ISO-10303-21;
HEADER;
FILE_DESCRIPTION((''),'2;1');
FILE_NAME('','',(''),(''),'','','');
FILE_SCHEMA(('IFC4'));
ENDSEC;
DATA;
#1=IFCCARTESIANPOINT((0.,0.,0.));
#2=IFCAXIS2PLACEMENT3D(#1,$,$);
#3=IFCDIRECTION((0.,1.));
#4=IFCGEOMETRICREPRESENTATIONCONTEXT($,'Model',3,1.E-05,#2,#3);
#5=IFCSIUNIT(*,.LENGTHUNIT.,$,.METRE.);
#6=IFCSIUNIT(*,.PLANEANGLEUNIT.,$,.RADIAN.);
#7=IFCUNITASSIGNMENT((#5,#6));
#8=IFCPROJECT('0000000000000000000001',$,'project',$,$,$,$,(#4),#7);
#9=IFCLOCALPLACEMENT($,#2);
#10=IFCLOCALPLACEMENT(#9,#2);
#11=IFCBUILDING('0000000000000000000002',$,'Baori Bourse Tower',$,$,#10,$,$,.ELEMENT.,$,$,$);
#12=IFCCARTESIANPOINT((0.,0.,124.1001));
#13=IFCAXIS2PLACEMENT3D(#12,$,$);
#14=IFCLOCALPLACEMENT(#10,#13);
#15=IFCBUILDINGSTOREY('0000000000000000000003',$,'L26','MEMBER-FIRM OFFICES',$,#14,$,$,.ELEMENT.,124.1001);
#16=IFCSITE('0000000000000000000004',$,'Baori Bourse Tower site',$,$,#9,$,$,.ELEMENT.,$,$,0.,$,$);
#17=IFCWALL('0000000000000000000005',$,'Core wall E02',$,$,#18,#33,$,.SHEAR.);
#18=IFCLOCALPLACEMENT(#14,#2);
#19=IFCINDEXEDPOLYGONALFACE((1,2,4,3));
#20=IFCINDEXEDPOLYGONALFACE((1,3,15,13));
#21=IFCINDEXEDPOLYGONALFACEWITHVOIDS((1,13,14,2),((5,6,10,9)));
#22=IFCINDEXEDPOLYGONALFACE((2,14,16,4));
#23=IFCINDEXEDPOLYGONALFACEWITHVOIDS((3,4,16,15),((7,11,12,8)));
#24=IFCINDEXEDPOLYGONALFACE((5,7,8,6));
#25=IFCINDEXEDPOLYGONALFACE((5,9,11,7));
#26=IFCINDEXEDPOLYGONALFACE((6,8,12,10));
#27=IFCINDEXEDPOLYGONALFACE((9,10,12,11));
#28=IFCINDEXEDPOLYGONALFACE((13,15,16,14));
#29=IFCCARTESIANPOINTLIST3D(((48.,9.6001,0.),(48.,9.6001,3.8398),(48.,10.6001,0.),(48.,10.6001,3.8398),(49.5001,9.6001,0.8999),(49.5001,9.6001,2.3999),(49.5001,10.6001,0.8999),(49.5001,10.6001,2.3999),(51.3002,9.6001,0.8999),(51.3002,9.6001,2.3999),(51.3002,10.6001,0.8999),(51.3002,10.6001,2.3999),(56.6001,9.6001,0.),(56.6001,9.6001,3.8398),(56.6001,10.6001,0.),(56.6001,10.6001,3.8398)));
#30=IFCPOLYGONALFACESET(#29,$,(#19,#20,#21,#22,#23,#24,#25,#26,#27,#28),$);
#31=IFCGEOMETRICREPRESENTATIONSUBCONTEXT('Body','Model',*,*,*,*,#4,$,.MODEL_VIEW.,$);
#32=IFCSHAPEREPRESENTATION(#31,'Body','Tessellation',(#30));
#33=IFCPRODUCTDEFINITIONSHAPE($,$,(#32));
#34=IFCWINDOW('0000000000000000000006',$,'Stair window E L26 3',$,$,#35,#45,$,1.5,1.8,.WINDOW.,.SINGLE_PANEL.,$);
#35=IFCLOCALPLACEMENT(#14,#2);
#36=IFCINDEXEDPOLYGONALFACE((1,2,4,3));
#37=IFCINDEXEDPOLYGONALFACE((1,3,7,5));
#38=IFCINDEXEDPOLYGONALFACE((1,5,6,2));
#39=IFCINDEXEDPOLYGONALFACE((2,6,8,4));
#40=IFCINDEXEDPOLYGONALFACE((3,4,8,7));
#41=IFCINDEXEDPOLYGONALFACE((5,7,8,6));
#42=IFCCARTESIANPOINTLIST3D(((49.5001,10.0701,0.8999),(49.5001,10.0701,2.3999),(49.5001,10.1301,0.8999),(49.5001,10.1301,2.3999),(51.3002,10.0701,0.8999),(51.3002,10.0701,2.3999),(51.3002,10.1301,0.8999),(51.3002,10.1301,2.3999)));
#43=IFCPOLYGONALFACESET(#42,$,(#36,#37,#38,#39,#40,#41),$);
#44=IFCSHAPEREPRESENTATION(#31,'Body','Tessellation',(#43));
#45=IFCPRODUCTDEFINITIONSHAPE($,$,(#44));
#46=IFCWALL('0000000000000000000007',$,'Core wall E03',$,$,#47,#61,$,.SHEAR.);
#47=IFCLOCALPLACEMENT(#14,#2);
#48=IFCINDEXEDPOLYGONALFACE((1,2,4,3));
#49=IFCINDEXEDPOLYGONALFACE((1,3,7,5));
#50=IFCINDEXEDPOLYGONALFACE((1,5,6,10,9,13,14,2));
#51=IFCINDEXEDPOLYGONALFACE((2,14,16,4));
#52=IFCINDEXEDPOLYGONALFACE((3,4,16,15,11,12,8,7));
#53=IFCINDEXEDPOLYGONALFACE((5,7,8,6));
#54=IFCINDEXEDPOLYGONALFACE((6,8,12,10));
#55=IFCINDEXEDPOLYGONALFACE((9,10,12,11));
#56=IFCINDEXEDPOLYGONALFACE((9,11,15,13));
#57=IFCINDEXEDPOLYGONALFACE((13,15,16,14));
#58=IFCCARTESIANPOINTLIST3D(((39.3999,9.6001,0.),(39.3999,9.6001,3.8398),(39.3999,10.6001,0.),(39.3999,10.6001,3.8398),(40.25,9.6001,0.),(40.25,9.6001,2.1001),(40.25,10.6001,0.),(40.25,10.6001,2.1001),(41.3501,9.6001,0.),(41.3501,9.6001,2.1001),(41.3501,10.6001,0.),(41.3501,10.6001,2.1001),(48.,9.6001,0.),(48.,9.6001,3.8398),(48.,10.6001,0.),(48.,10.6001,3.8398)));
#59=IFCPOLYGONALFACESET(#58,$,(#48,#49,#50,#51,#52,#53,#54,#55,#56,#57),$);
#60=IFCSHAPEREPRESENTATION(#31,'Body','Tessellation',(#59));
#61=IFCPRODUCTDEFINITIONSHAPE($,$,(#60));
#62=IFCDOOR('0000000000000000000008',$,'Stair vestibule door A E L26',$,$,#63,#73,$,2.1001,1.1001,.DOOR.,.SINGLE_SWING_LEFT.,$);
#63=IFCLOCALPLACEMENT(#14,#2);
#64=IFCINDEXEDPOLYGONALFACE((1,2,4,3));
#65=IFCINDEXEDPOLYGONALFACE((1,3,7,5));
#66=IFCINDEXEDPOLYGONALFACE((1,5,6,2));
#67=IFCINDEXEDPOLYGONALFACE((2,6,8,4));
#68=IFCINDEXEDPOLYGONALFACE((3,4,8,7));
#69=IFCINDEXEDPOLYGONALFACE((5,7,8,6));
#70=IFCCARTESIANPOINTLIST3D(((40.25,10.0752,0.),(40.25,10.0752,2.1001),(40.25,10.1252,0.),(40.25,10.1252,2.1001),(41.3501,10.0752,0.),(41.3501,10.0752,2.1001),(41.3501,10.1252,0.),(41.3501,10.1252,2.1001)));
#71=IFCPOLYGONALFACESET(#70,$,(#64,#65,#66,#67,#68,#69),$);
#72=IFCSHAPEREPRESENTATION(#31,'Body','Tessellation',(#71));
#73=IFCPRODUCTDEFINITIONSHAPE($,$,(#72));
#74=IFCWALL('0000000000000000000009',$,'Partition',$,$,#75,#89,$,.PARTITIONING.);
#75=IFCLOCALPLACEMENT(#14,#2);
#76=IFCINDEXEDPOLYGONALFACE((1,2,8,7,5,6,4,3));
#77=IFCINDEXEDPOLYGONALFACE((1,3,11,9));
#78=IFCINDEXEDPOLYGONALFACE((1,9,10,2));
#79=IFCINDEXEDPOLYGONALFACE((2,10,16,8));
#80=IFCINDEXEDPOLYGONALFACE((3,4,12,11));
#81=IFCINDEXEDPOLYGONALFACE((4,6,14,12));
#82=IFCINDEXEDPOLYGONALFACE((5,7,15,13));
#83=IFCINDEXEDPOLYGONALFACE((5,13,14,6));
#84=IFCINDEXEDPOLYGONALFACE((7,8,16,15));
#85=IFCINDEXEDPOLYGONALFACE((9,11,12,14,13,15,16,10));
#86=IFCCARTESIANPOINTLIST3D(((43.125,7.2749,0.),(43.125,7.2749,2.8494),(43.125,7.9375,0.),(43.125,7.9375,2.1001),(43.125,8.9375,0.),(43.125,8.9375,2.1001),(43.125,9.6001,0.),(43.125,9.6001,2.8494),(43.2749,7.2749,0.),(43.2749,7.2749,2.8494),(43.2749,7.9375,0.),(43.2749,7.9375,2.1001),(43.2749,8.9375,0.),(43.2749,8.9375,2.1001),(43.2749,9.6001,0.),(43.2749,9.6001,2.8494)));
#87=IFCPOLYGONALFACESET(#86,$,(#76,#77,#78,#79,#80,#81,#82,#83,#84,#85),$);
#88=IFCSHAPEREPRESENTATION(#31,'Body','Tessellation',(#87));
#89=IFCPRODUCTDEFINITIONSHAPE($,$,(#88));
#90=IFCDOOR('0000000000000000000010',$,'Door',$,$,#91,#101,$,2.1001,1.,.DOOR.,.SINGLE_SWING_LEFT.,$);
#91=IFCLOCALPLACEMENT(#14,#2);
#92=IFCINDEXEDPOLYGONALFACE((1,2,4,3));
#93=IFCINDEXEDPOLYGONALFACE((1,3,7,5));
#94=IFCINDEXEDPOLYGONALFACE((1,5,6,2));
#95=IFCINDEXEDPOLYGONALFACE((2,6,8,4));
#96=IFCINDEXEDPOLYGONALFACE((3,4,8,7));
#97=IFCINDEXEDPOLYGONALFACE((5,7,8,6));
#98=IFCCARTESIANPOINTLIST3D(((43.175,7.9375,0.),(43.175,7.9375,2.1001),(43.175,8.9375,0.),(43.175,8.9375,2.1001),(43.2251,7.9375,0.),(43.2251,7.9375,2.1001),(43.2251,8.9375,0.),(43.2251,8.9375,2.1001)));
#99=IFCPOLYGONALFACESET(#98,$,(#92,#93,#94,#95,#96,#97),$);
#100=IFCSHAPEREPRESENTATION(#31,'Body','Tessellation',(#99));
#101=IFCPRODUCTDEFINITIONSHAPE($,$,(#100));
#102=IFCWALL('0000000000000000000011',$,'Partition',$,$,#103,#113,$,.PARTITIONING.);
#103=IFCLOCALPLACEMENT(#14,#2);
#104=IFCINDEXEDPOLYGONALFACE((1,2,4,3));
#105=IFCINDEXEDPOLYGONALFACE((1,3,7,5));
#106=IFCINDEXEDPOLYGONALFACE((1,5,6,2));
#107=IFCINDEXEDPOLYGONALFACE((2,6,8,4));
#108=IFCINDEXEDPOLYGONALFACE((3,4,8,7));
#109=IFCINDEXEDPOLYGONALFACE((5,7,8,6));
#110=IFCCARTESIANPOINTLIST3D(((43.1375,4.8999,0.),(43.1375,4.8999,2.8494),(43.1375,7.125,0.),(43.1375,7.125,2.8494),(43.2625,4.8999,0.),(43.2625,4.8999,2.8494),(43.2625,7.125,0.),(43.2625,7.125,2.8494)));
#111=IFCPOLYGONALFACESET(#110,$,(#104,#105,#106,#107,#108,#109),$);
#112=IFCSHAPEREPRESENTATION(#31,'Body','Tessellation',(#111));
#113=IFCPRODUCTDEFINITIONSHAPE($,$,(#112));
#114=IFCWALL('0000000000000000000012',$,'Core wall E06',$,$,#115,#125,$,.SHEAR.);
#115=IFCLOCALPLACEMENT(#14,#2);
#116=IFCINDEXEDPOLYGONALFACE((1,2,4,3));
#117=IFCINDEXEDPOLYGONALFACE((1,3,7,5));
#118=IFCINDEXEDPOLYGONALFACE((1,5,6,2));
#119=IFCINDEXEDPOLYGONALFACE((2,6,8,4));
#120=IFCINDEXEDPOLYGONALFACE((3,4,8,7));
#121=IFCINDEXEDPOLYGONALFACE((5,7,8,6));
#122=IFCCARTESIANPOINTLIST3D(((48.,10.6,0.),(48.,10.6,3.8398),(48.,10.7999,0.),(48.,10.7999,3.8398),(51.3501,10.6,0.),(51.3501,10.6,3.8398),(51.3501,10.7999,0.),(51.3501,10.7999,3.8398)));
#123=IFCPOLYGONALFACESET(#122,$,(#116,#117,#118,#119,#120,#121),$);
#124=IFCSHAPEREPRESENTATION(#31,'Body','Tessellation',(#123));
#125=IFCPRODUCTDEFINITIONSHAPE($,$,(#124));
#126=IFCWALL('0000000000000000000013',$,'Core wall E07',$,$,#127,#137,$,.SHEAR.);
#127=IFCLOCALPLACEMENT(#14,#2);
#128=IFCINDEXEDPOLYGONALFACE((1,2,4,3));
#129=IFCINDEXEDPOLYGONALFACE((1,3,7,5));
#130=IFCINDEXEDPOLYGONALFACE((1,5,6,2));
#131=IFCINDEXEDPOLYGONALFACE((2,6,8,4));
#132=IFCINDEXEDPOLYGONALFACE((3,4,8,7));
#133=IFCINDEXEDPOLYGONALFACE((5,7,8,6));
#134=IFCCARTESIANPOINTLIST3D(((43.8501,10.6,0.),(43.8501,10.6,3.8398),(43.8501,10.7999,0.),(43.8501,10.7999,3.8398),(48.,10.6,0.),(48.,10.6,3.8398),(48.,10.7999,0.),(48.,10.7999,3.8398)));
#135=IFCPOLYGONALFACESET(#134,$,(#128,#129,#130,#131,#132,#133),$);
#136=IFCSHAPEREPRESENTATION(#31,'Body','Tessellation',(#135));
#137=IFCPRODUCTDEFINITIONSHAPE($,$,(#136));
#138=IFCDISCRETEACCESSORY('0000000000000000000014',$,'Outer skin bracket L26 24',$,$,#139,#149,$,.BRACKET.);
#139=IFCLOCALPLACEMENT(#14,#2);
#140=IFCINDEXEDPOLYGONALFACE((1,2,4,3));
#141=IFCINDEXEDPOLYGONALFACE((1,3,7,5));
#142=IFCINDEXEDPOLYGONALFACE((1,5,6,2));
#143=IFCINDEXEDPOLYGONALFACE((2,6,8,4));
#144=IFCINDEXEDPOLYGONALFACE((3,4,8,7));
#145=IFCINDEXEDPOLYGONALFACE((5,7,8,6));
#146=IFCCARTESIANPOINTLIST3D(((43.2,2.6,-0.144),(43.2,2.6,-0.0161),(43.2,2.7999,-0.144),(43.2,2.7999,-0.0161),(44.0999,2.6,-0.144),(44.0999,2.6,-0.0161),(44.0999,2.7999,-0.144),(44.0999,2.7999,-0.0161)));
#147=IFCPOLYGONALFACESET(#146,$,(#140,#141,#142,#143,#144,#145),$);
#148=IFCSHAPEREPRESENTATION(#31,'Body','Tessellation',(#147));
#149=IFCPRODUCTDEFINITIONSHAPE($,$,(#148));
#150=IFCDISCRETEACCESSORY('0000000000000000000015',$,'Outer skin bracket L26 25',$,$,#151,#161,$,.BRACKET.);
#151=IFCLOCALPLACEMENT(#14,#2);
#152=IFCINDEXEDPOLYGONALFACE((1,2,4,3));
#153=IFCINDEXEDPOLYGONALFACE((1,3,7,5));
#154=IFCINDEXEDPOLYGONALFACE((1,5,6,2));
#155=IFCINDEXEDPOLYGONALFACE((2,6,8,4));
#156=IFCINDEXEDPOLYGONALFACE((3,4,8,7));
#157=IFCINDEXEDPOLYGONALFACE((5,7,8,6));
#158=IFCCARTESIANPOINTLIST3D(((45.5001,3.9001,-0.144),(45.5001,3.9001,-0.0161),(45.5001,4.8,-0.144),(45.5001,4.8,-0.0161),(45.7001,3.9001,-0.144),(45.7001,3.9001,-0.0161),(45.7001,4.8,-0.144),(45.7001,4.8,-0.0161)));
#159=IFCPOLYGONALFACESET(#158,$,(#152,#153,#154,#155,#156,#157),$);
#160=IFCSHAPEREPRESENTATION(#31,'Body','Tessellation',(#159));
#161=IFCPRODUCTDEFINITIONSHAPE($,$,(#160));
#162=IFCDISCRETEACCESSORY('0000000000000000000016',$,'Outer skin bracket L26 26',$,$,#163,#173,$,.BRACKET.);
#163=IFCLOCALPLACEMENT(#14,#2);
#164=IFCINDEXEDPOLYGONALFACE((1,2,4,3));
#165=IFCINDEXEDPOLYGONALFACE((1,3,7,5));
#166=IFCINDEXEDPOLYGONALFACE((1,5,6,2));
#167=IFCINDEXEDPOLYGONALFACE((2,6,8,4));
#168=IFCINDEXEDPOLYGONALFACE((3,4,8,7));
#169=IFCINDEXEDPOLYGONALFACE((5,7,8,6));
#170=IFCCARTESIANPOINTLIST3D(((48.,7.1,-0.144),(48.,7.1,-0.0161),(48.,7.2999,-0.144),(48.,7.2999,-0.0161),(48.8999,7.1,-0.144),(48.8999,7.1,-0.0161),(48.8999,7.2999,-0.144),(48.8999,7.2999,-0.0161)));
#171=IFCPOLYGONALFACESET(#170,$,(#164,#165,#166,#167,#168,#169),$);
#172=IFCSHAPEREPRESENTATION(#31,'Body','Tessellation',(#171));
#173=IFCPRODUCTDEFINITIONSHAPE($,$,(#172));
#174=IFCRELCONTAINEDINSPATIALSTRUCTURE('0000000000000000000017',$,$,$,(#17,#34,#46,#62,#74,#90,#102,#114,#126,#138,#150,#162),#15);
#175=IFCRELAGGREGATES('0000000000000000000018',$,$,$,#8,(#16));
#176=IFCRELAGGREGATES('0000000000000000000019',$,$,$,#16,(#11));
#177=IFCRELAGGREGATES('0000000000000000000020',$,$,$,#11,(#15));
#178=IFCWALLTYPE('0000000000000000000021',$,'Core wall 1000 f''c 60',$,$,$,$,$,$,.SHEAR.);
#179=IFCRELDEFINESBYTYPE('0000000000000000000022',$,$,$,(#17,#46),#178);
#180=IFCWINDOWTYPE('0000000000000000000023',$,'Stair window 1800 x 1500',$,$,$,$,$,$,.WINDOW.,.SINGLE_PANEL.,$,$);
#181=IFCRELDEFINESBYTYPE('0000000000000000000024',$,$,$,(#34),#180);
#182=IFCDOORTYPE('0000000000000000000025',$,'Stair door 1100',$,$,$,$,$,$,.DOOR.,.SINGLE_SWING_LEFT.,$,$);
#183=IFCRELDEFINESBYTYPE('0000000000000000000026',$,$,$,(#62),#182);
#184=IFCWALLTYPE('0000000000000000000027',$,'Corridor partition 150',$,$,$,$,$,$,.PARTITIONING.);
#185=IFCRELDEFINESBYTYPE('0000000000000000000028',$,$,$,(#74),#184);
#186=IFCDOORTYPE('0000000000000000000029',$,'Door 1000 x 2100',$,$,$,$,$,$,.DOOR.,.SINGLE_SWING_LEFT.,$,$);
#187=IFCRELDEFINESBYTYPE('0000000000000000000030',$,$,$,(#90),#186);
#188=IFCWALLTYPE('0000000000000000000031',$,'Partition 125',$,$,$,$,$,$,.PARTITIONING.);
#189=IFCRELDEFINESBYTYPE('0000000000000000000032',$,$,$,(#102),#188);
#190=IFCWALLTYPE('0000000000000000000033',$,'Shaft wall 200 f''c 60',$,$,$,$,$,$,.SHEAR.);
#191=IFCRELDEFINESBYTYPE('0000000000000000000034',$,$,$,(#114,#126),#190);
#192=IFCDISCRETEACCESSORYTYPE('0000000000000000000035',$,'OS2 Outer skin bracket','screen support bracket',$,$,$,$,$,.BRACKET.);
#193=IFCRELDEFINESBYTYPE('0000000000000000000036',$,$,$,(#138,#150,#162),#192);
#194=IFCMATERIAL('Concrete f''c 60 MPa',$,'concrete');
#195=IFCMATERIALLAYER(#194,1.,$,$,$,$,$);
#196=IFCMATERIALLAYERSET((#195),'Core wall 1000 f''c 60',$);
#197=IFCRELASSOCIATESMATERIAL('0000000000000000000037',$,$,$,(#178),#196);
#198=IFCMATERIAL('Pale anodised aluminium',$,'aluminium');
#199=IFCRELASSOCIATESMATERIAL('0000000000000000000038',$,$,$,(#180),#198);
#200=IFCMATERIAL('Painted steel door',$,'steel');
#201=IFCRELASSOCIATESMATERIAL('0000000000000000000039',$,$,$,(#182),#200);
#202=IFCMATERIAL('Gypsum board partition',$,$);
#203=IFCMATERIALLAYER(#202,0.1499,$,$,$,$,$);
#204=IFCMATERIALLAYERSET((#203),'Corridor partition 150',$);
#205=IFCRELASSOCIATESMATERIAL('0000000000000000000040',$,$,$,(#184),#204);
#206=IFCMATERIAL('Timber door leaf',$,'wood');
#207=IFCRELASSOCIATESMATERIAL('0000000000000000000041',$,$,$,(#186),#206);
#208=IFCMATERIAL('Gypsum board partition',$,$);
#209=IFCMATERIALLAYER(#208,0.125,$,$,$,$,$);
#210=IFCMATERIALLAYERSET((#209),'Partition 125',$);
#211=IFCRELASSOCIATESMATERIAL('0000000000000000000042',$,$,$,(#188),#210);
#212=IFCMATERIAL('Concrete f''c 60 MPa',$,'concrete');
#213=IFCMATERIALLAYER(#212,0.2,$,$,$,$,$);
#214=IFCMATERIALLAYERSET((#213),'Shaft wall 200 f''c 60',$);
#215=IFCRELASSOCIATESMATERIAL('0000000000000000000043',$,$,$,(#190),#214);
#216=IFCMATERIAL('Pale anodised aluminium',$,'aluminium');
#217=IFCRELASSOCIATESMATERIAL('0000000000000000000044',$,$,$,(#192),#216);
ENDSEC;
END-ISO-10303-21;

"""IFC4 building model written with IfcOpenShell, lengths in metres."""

from ifc_helpers import new_model, si_unit, direction, frame, frame_2d, origin, origin_2d, place, context, subcontext, project, spatial, rectangle, extrude, material, layer, layer_set, type_object, element, fill, save


model = new_model("IFC4")

# Units and contexts
model_context = context("Model", 3, precision=1e-05, world=origin(), true_north=direction((0.0, 1.0)))
body_context = subcontext(model_context, "Body", "Model", "MODEL_VIEW")
ifc_project = project(units=[si_unit("LENGTHUNIT", "METRE"), si_unit("PLANEANGLEUNIT", "RADIAN")], contexts=[model_context])

# Site, building, storey
site_placement = place(None, origin())
site = spatial("IfcSite", under=ifc_project, at=site_placement, Name="Baori Bourse Tower site", CompositionType="ELEMENT", RefElevation=0.0)
building_placement = place(site_placement, origin())
building = spatial("IfcBuilding", under=site, at=building_placement, Name="Baori Bourse Tower", CompositionType="ELEMENT")
storey_placement = place(building_placement, frame((0.0, 0.0, 124.1001)))
storey = spatial("IfcBuildingStorey", under=building, at=storey_placement, Name="L26", Description="MEMBER-FIRM OFFICES", CompositionType="ELEMENT", Elevation=124.1001)

# Wall, opening, window
ifc_material_1 = material(Name="Concrete f'c 60 MPa", Category="concrete")
ifc_layer_1 = layer(ifc_material_1, 1.0)
ifc_layer_set_1 = layer_set([ifc_layer_1], Name="Core wall 1000 f'c 60")
wall_type_1 = type_object("IfcWallType", Name="Core wall 1000 f'c 60", PredefinedType="SHEAR", material=ifc_layer_set_1)
wall_1_placement = place(storey_placement, frame((56.6001, 10.1001, 0.0), z_axis=(0.0, 0.0, 1.0), x_axis=(-1.0, 0.0, 0.0)))
wall_1 = element("IfcWall", 1, at=wall_1_placement, inside=storey, type_object=wall_type_1, Name="Core wall E02", PredefinedType="SHEAR", context=body_context, shape_type="SweptSolid", body=[
    extrude(rectangle(XDim=8.6001, YDim=1.0, at=frame_2d((4.3, 0.0))), origin(), (0.0, 0.0, 1.0), 3.8398),
])
opening_1_placement = place(wall_1_placement, frame((5.3, 0.0, 0.8999)))
opening_1 = element("IfcOpeningElement", 2, at=opening_1_placement, cuts=wall_1, PredefinedType="OPENING", context=body_context, shape_type="SweptSolid", body=[
    extrude(rectangle(XDim=1.8, YDim=1.5, at=frame_2d((0.8999, 0.75))), frame((0.0, 0.51, 0.0), z_axis=(0.0, -1.0, 0.0), x_axis=(1.0, 0.0, 0.0)), (0.0, 0.0, 1.0), 1.02),
])
ifc_material_2 = material(Name="Pale anodised aluminium", Category="aluminium")
window_type = type_object("IfcWindowType", Name="Stair window 1800 x 1500", PartitioningType="SINGLE_PANEL", PredefinedType="WINDOW", material=ifc_material_2)
window_placement = place(opening_1_placement, origin())
window = element("IfcWindow", 3, at=window_placement, inside=storey, type_object=window_type, Name="Stair window E L26 3", OverallHeight=1.5, OverallWidth=1.8, PartitioningType="SINGLE_PANEL", PredefinedType="WINDOW", context=body_context, shape_type="SweptSolid", body=[
    extrude(rectangle(XDim=1.8, YDim=1.5, at=frame_2d((0.8999, 0.75))), frame((0.0, 0.03, 0.0), z_axis=(0.0, -1.0, 0.0), x_axis=(1.0, 0.0, 0.0)), (0.0, 0.0, 1.0), 0.0601),
])
fill(opening_1, window)

# Walls, openings, doors
wall_2_placement = place(storey_placement, frame((48.0, 10.1001, 0.0), z_axis=(0.0, 0.0, 1.0), x_axis=(-1.0, 0.0, 0.0)))
wall_2 = element("IfcWall", 4, at=wall_2_placement, inside=storey, type_object=wall_type_1, Name="Core wall E03", PredefinedType="SHEAR", context=body_context, shape_type="SweptSolid", body=[
    extrude(rectangle(XDim=8.6001, YDim=1.0, at=frame_2d((4.3, 0.0))), origin(), (0.0, 0.0, 1.0), 3.8398),
])
opening_2_placement = place(wall_2_placement, frame((6.6499, 0.0, 0.0)))
opening_2 = element("IfcOpeningElement", 5, at=opening_2_placement, cuts=wall_2, PredefinedType="OPENING", context=body_context, shape_type="SweptSolid", body=[
    extrude(rectangle(XDim=1.1001, YDim=2.1001, at=frame_2d((0.55, 1.05))), frame((0.0, 0.51, 0.0), z_axis=(0.0, -1.0, 0.0), x_axis=(1.0, 0.0, 0.0)), (0.0, 0.0, 1.0), 1.02),
])
ifc_material_3 = material(Name="Painted steel door", Category="steel")
door_type_1 = type_object("IfcDoorType", Name="Stair door 1100", OperationType="SINGLE_SWING_LEFT", PredefinedType="DOOR", material=ifc_material_3)
door_1_placement = place(opening_2_placement, origin())
door_1 = element("IfcDoor", 6, at=door_1_placement, inside=storey, type_object=door_type_1, Name="Stair vestibule door A E L26", OperationType="SINGLE_SWING_LEFT", OverallHeight=2.1001, OverallWidth=1.1001, PredefinedType="DOOR", context=body_context, shape_type="SweptSolid", body=[
    extrude(rectangle(XDim=1.1001, YDim=2.1001, at=frame_2d((0.55, 1.05))), frame((0.0, 0.0249, 0.0), z_axis=(0.0, -1.0, 0.0), x_axis=(1.0, 0.0, 0.0)), (0.0, 0.0, 1.0), 0.05),
])
fill(opening_2, door_1)
ifc_material_4 = material(Name="Gypsum board partition")
ifc_layer_2 = layer(ifc_material_4, 0.1499)
ifc_layer_set_2 = layer_set([ifc_layer_2], Name="Corridor partition 150")
wall_type_2 = type_object("IfcWallType", Name="Corridor partition 150", PredefinedType="PARTITIONING", material=ifc_layer_set_2)
wall_3_placement = place(storey_placement, frame((43.2, 7.2749, 0.0), z_axis=(0.0, 0.0, 1.0), x_axis=(0.0, 1.0, 0.0)))
wall_3 = element("IfcWall", 7, at=wall_3_placement, inside=storey, type_object=wall_type_2, Name="Partition", PredefinedType="PARTITIONING", context=body_context, shape_type="SweptSolid", body=[
    extrude(rectangle(XDim=2.3252, YDim=0.1499, at=frame_2d((1.1626, 0.0))), origin(), (0.0, 0.0, 1.0), 2.8494),
])
opening_3_placement = place(wall_3_placement, frame((0.6626, 0.0, 0.0)))
opening_3 = element("IfcOpeningElement", 8, at=opening_3_placement, cuts=wall_3, PredefinedType="OPENING", context=body_context, shape_type="SweptSolid", body=[
    extrude(rectangle(XDim=1.0, YDim=2.1001, at=frame_2d((0.5, 1.05))), frame((0.0, 0.085, 0.0), z_axis=(0.0, -1.0, 0.0), x_axis=(1.0, 0.0, 0.0)), (0.0, 0.0, 1.0), 0.1699),
])
ifc_material_5 = material(Name="Timber door leaf", Category="wood")
door_type_2 = type_object("IfcDoorType", Name="Door 1000 x 2100", OperationType="SINGLE_SWING_LEFT", PredefinedType="DOOR", material=ifc_material_5)
door_2_placement = place(opening_3_placement, origin())
door_2 = element("IfcDoor", 9, at=door_2_placement, inside=storey, type_object=door_type_2, Name="Door", OperationType="SINGLE_SWING_LEFT", OverallHeight=2.1001, OverallWidth=1.0, PredefinedType="DOOR", context=body_context, shape_type="SweptSolid", body=[
    extrude(rectangle(XDim=1.0, YDim=2.1001, at=frame_2d((0.5, 1.05))), frame((0.0, 0.0249, 0.0), z_axis=(0.0, -1.0, 0.0), x_axis=(1.0, 0.0, 0.0)), (0.0, 0.0, 1.0), 0.05),
])
fill(opening_3, door_2)

# Walls
ifc_material_6 = material(Name="Gypsum board partition")
ifc_layer_3 = layer(ifc_material_6, 0.125)
ifc_layer_set_3 = layer_set([ifc_layer_3], Name="Partition 125")
wall_type_3 = type_object("IfcWallType", Name="Partition 125", PredefinedType="PARTITIONING", material=ifc_layer_set_3)
wall_4_placement = place(storey_placement, frame((43.2, 4.8999, 0.0), z_axis=(0.0, 0.0, 1.0), x_axis=(0.0, 1.0, 0.0)))
element("IfcWall", 10, at=wall_4_placement, inside=storey, type_object=wall_type_3, Name="Partition", PredefinedType="PARTITIONING", context=body_context, shape_type="SweptSolid", body=[
    extrude(rectangle(XDim=2.2251, YDim=0.125, at=frame_2d((1.1125, 0.0))), origin(), (0.0, 0.0, 1.0), 2.8494),
])
ifc_material_7 = material(Name="Concrete f'c 60 MPa", Category="concrete")
ifc_layer_4 = layer(ifc_material_7, 0.2)
ifc_layer_set_4 = layer_set([ifc_layer_4], Name="Shaft wall 200 f'c 60")
wall_type_4 = type_object("IfcWallType", Name="Shaft wall 200 f'c 60", PredefinedType="SHEAR", material=ifc_layer_set_4)
wall_5_placement = place(storey_placement, frame((48.0, 10.7, 0.0), z_axis=(0.0, 0.0, 1.0), x_axis=(1.0, 0.0, 0.0)))
element("IfcWall", 11, at=wall_5_placement, inside=storey, type_object=wall_type_4, Name="Core wall E06", PredefinedType="SHEAR", context=body_context, shape_type="SweptSolid", body=[
    extrude(rectangle(XDim=3.3501, YDim=0.2, at=frame_2d((1.675, 0.0))), origin(), (0.0, 0.0, 1.0), 3.8398),
])
wall_6_placement = place(storey_placement, frame((43.8501, 10.7, 0.0), z_axis=(0.0, 0.0, 1.0), x_axis=(1.0, 0.0, 0.0)))
element("IfcWall", 12, at=wall_6_placement, inside=storey, type_object=wall_type_4, Name="Core wall E07", PredefinedType="SHEAR", context=body_context, shape_type="SweptSolid", body=[
    extrude(rectangle(XDim=4.1499, YDim=0.2, at=frame_2d((2.075, 0.0))), origin(), (0.0, 0.0, 1.0), 3.8398),
])

# Discrete accessories
ifc_material_8 = material(Name="Pale anodised aluminium", Category="aluminium")
discrete_accessory_type = type_object("IfcDiscreteAccessoryType", Name="OS2 Outer skin bracket", Description="screen support bracket", PredefinedType="BRACKET", material=ifc_material_8)
for number, where, z_axis, x_axis, name in (
    (13, (43.6499, 2.7, -0.144), (0.0, 0.0, 1.0), (0.0, 1.0, 0.0), "Outer skin bracket L26 24"),
    (14, (45.6001, 4.3501, -0.144), (0.0, 0.0, 1.0), (1.0, 0.0, 0.0), "Outer skin bracket L26 25"),
    (15, (48.45, 7.2, -0.144), (0.0, 0.0, 1.0), (0.0, 1.0, 0.0), "Outer skin bracket L26 26"),
):
    element("IfcDiscreteAccessory", number, at=place(storey_placement, frame(where, z_axis=z_axis, x_axis=x_axis)), inside=storey, type_object=discrete_accessory_type, Name=name, PredefinedType="BRACKET", context=body_context, shape_type="SweptSolid", body=[
        extrude(rectangle(XDim=0.2, YDim=0.8999, at=origin_2d()), origin(), (0.0, 0.0, 1.0), 0.1279),
    ])

save(model, "model.ifc")
